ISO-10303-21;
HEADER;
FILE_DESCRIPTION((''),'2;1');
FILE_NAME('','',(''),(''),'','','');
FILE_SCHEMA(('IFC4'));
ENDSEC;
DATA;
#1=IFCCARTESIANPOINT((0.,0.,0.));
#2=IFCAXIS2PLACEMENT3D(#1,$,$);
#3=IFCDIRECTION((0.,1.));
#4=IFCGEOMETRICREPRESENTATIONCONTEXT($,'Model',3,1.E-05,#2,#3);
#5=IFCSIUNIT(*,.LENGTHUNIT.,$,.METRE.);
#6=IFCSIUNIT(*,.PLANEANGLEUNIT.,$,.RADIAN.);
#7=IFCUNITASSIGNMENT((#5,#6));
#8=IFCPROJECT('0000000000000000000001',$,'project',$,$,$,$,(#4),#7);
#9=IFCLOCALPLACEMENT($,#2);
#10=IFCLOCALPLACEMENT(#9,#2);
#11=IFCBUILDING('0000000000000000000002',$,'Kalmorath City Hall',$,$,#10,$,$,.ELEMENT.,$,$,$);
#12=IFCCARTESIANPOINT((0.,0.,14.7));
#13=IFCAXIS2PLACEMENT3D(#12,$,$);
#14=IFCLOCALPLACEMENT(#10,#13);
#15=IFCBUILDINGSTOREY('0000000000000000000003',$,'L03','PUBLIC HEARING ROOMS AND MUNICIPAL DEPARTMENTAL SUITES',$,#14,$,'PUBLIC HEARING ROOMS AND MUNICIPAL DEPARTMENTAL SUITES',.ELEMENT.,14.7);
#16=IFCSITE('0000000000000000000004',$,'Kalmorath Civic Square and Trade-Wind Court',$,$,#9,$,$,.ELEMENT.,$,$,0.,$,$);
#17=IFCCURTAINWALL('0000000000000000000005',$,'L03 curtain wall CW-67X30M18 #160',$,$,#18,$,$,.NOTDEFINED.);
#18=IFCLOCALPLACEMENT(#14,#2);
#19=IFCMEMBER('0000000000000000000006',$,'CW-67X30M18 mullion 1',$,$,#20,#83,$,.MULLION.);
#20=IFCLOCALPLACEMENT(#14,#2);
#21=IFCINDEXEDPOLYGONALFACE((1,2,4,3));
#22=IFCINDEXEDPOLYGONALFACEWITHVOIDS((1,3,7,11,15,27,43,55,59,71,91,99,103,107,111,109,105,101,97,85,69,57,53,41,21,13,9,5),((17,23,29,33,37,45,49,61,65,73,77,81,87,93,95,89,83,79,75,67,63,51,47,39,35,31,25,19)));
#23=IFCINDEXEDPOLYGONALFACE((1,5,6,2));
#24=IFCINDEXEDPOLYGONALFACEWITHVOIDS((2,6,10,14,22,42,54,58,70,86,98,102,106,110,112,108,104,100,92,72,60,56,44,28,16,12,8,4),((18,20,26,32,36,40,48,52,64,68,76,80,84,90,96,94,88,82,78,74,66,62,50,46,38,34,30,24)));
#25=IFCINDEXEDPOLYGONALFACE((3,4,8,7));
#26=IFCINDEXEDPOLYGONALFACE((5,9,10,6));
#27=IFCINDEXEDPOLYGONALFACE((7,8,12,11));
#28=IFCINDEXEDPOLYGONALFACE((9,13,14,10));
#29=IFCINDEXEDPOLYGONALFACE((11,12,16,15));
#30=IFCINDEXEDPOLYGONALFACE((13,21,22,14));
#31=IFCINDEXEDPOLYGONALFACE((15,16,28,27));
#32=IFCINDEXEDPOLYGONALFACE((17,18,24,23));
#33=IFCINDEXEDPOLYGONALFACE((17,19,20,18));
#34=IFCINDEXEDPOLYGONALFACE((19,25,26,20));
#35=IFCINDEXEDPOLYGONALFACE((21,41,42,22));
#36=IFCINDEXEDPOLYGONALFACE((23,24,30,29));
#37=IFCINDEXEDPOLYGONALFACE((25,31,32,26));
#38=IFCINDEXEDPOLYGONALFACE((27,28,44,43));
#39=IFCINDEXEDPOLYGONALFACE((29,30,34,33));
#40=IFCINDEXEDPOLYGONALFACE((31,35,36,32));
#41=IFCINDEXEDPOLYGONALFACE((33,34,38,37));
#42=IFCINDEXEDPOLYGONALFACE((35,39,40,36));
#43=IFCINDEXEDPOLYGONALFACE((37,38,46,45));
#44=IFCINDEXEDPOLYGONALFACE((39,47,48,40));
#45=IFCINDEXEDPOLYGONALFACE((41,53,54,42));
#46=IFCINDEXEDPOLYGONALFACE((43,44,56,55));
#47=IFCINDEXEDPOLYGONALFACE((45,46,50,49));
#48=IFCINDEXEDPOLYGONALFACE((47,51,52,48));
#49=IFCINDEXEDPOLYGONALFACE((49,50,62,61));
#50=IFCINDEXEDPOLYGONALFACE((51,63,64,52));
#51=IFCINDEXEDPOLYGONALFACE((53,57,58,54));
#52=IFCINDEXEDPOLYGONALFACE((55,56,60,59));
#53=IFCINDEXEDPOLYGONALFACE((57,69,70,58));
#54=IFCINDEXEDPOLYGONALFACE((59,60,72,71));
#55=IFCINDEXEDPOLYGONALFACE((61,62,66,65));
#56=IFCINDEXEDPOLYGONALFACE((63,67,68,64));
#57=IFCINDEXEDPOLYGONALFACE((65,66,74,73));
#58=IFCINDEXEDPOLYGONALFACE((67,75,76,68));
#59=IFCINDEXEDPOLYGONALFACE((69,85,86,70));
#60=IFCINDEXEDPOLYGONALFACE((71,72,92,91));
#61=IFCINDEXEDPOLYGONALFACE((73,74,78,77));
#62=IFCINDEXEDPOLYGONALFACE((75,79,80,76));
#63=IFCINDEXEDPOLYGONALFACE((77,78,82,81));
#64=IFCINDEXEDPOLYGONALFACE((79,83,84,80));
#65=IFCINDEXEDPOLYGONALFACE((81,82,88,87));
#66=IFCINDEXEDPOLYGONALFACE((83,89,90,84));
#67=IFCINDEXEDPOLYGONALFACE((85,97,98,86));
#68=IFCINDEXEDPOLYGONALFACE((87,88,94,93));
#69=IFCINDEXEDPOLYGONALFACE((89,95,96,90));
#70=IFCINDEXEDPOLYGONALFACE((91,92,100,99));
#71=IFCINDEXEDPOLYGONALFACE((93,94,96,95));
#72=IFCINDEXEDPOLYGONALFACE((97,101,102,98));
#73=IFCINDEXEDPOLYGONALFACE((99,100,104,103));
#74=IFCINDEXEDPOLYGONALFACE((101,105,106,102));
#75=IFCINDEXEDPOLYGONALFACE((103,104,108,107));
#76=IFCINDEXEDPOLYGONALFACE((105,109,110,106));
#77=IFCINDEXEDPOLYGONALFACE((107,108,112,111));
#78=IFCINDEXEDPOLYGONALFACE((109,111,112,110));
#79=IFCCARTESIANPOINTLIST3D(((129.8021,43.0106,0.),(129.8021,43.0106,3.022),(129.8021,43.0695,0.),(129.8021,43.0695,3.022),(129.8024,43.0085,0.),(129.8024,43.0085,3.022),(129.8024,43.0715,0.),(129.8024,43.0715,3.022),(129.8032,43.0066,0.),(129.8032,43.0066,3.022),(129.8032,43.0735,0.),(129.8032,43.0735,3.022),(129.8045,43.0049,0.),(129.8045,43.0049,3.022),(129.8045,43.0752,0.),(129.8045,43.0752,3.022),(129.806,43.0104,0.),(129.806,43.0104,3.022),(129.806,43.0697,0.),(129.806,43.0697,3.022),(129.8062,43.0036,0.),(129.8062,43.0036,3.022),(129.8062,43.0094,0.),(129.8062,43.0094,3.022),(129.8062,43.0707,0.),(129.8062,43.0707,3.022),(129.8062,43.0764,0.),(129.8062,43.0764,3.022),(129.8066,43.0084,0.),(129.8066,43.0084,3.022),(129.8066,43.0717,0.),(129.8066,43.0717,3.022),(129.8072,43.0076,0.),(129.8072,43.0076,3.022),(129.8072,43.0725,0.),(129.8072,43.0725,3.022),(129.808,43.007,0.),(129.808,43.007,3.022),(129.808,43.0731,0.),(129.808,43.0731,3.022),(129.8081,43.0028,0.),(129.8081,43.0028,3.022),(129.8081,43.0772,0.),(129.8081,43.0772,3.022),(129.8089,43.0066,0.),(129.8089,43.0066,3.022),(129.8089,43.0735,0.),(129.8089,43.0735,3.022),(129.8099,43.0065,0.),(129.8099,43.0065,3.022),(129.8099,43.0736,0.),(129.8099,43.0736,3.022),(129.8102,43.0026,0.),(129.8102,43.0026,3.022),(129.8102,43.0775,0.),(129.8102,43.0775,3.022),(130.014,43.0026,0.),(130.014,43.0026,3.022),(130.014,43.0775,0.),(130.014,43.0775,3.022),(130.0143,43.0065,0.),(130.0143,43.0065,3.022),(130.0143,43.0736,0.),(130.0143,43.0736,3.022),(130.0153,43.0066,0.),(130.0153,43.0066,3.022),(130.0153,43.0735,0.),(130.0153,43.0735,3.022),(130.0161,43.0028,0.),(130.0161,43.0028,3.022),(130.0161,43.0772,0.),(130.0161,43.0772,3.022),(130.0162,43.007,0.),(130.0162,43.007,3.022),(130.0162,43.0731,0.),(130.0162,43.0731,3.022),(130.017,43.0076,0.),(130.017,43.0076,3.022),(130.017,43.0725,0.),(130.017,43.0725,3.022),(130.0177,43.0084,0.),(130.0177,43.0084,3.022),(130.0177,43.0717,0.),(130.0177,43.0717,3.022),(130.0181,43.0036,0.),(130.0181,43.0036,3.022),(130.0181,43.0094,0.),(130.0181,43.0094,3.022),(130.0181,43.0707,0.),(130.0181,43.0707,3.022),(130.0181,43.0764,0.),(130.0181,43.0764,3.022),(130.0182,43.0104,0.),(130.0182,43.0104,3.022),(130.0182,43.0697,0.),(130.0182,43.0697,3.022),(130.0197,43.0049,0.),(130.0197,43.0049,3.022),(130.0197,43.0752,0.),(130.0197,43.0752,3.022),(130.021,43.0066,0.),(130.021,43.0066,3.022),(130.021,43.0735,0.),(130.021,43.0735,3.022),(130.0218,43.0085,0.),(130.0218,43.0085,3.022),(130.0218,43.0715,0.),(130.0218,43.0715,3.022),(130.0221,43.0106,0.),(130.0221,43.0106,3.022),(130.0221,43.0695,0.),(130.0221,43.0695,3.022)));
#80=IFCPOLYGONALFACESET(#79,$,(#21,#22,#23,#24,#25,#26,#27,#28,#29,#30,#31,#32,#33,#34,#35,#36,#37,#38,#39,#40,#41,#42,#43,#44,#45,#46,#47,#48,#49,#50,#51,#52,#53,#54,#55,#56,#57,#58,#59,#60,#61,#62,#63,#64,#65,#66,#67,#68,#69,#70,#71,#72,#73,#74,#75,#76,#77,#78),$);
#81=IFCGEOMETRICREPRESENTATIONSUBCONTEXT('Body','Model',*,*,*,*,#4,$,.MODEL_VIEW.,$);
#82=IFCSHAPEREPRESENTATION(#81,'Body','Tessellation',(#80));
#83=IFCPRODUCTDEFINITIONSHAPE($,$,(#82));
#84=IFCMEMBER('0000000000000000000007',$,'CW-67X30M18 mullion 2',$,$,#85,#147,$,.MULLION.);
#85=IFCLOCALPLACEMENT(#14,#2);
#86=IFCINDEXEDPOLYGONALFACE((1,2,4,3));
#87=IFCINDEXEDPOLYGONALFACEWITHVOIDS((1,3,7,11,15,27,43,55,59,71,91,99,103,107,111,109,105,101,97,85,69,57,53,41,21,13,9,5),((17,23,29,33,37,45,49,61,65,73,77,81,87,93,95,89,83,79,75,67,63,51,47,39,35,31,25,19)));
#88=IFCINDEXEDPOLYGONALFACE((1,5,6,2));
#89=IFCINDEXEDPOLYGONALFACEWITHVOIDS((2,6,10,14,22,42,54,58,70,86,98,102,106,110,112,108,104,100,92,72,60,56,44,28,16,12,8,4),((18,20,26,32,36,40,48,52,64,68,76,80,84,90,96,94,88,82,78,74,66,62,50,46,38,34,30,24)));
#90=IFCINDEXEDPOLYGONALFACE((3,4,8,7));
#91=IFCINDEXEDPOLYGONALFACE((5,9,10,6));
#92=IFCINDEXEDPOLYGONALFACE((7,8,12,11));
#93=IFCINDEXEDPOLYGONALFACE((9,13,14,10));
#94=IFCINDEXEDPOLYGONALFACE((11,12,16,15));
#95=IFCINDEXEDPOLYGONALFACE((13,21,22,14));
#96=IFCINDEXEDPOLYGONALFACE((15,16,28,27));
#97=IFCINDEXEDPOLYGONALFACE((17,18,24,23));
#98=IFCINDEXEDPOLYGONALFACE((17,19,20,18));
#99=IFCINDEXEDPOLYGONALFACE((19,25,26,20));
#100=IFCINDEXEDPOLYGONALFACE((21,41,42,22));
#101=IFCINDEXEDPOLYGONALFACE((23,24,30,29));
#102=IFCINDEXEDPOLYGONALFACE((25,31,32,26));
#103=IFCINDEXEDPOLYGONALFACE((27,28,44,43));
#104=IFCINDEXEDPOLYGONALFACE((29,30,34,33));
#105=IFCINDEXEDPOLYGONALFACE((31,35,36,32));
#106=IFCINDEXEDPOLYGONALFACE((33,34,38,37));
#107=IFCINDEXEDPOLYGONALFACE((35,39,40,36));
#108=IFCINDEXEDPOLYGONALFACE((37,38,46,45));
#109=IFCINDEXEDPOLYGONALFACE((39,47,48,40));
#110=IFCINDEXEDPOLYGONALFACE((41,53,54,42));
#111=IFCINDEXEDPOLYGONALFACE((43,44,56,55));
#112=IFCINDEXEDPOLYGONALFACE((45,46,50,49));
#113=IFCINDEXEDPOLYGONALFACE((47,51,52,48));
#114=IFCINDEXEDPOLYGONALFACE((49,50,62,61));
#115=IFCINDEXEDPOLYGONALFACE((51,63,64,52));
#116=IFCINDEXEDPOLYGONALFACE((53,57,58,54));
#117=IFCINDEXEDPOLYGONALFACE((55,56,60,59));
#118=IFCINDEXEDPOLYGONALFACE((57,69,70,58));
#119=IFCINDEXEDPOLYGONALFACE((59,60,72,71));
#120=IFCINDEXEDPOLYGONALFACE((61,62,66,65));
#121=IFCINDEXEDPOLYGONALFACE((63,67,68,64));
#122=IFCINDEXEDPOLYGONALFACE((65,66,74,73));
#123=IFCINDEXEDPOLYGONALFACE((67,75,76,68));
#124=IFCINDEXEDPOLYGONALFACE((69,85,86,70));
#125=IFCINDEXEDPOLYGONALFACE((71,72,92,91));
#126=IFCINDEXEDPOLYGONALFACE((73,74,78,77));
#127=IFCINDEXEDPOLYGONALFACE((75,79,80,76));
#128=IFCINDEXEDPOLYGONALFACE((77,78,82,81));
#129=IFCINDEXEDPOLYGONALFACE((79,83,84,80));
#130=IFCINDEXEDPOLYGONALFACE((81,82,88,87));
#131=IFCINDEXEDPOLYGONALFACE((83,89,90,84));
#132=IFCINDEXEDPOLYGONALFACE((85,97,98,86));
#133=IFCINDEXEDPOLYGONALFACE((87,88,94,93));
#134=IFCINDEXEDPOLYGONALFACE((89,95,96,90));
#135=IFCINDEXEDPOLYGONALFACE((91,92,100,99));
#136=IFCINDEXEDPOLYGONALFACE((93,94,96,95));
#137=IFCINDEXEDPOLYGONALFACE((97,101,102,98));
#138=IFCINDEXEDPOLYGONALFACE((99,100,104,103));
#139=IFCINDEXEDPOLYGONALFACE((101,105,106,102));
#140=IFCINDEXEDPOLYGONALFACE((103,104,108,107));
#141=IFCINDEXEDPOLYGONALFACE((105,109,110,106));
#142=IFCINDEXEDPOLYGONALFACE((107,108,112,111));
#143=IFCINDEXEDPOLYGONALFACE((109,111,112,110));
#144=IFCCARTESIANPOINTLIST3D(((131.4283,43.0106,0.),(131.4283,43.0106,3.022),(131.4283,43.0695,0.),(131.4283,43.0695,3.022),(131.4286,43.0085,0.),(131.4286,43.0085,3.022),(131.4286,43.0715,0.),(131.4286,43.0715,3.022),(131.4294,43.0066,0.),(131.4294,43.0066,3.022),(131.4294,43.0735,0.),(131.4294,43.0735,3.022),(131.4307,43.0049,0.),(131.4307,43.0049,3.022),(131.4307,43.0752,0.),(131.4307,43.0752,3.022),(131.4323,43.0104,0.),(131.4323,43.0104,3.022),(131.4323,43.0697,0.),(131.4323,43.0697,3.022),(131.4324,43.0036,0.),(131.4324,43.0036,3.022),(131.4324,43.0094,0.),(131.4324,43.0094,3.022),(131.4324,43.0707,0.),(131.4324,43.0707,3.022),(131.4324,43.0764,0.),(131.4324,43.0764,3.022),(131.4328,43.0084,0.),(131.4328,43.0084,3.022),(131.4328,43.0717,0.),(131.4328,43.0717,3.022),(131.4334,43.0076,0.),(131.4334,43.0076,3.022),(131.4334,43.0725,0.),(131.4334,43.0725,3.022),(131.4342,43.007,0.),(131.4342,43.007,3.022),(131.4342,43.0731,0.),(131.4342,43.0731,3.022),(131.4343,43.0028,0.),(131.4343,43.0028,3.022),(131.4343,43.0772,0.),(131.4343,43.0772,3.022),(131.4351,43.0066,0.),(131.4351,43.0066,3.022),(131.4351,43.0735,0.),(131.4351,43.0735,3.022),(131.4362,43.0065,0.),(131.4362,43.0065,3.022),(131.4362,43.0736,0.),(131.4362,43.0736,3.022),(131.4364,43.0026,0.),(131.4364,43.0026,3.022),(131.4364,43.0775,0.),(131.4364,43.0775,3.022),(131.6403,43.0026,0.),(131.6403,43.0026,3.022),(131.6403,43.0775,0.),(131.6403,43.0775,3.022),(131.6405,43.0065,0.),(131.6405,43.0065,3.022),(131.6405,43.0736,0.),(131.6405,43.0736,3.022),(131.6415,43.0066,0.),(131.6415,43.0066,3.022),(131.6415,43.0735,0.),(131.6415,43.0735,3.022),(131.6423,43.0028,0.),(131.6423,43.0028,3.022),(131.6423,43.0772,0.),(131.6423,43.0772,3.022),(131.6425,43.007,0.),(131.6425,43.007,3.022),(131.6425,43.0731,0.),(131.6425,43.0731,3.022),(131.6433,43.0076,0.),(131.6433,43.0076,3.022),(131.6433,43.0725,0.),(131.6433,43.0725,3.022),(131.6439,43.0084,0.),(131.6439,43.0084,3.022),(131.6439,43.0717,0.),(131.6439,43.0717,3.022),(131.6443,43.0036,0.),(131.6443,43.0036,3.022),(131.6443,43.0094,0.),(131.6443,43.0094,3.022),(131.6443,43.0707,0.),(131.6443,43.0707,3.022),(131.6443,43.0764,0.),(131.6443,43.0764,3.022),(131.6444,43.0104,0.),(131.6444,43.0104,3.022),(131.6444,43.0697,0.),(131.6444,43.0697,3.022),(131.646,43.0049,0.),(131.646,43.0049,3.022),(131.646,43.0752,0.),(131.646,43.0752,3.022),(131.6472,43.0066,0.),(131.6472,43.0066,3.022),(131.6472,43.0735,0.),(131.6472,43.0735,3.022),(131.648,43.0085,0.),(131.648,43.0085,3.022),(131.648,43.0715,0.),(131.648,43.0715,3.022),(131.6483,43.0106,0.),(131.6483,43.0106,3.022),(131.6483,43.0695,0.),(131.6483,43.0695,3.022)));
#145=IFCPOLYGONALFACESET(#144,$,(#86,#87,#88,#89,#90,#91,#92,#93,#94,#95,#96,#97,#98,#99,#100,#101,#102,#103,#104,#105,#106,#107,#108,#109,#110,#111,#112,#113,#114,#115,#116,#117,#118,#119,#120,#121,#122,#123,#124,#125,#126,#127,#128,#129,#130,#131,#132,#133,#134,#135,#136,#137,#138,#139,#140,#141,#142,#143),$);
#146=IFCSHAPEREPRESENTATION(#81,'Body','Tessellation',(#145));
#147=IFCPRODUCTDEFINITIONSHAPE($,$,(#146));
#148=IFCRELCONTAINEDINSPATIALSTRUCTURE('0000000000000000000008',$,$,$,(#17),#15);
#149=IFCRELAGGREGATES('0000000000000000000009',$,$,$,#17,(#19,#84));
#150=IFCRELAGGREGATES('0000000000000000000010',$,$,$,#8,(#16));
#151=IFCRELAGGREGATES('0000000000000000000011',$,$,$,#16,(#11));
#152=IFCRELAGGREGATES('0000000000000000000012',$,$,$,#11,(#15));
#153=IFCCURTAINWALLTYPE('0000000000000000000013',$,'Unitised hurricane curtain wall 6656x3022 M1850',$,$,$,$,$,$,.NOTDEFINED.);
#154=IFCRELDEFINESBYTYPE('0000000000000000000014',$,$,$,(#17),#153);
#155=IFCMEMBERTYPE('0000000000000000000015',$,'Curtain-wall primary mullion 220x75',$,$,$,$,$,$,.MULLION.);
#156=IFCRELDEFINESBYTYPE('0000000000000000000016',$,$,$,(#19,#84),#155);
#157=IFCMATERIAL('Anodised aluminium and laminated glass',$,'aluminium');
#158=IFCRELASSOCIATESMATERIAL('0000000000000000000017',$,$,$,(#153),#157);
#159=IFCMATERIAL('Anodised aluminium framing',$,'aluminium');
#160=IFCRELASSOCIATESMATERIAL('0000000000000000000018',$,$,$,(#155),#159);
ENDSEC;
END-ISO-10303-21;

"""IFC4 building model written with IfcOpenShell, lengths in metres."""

from ifc_helpers import new_model, si_unit, direction, frame, origin, origin_2d, place, context, subcontext, project, spatial, hollow_rectangle, extrude, material, material_profile, profile_set, type_object, element, aggregate, save


model = new_model("IFC4")

# Units and contexts
model_context = context("Model", 3, precision=1e-05, world=origin(), true_north=direction((0.0, 1.0)))
body_context = subcontext(model_context, "Body", "Model", "MODEL_VIEW")
ifc_project = project(units=[si_unit("LENGTHUNIT", "METRE"), si_unit("PLANEANGLEUNIT", "RADIAN")], contexts=[model_context])

# Site, building, storey
site_placement = place(None, origin())
site = spatial("IfcSite", under=ifc_project, at=site_placement, Name="Kalmorath Civic Square and Trade-Wind Court", CompositionType="ELEMENT", RefElevation=0.0)
building_placement = place(site_placement, origin())
building = spatial("IfcBuilding", under=site, at=building_placement, Name="Kalmorath City Hall", CompositionType="ELEMENT")
storey_placement = place(building_placement, frame((0.0, 0.0, 14.7)))
storey = spatial("IfcBuildingStorey", under=building, at=storey_placement, Name="L03", Description="PUBLIC HEARING ROOMS AND MUNICIPAL DEPARTMENTAL SUITES", LongName="PUBLIC HEARING ROOMS AND MUNICIPAL DEPARTMENTAL SUITES", CompositionType="ELEMENT", Elevation=14.7)

# Curtain wall, members
ifc_material_1 = material(Name="Anodised aluminium and laminated glass", Category="aluminium")
curtain_wall_type = type_object("IfcCurtainWallType", Name="Unitised hurricane curtain wall 6656x3022 M1850", PredefinedType="NOTDEFINED", material=ifc_material_1)
curtain_wall_placement = place(storey_placement, origin())
curtain_wall = element("IfcCurtainWall", 1, at=curtain_wall_placement, inside=storey, type_object=curtain_wall_type, Name="L03 curtain wall CW-67X30M18 #160", PredefinedType="NOTDEFINED")
ifc_material_2 = material(Name="Anodised aluminium framing", Category="aluminium")
ifc_material_profile_1 = material_profile(ifc_material_2, hollow_rectangle(XDim=0.075, YDim=0.22, WallThickness=0.0039, InnerFilletRadius=0.0039, OuterFilletRadius=0.0081, at=origin_2d()), Name="ALU-MUL-220X75X4")
ifc_profile_set_1 = profile_set([ifc_material_profile_1], Name="Anodised aluminium framing")
member_type_1 = type_object("IfcMemberType", Name="Curtain-wall primary mullion 220x75", PredefinedType="MULLION", material=ifc_profile_set_1)
member_1_placement = place(storey_placement, frame((129.9121, 43.04, 0.0), z_axis=(0.0, 0.0, 1.0), x_axis=(0.0, 1.0, 0.0)))
member_1 = element("IfcMember", 2, at=member_1_placement, type_object=member_type_1, Name="CW-67X30M18 mullion 1", PredefinedType="MULLION", context=body_context, shape_type="SweptSolid", body=[
    extrude(hollow_rectangle(XDim=0.075, YDim=0.22, WallThickness=0.0039, InnerFilletRadius=0.0039, OuterFilletRadius=0.0081, at=origin_2d()), origin(), (0.0, 0.0, 1.0), 3.022),
])
member_2_placement = place(storey_placement, frame((131.5383, 43.04, 0.0), z_axis=(0.0, 0.0, 1.0), x_axis=(0.0, 1.0, 0.0)))
member_2 = element("IfcMember", 3, at=member_2_placement, type_object=member_type_1, Name="CW-67X30M18 mullion 2", PredefinedType="MULLION", context=body_context, shape_type="SweptSolid", body=[
    extrude(hollow_rectangle(XDim=0.075, YDim=0.22, WallThickness=0.0039, InnerFilletRadius=0.0039, OuterFilletRadius=0.0081, at=origin_2d()), origin(), (0.0, 0.0, 1.0), 3.022),
])
aggregate(curtain_wall, [member_1, member_2])

save(model, "model.ifc")
